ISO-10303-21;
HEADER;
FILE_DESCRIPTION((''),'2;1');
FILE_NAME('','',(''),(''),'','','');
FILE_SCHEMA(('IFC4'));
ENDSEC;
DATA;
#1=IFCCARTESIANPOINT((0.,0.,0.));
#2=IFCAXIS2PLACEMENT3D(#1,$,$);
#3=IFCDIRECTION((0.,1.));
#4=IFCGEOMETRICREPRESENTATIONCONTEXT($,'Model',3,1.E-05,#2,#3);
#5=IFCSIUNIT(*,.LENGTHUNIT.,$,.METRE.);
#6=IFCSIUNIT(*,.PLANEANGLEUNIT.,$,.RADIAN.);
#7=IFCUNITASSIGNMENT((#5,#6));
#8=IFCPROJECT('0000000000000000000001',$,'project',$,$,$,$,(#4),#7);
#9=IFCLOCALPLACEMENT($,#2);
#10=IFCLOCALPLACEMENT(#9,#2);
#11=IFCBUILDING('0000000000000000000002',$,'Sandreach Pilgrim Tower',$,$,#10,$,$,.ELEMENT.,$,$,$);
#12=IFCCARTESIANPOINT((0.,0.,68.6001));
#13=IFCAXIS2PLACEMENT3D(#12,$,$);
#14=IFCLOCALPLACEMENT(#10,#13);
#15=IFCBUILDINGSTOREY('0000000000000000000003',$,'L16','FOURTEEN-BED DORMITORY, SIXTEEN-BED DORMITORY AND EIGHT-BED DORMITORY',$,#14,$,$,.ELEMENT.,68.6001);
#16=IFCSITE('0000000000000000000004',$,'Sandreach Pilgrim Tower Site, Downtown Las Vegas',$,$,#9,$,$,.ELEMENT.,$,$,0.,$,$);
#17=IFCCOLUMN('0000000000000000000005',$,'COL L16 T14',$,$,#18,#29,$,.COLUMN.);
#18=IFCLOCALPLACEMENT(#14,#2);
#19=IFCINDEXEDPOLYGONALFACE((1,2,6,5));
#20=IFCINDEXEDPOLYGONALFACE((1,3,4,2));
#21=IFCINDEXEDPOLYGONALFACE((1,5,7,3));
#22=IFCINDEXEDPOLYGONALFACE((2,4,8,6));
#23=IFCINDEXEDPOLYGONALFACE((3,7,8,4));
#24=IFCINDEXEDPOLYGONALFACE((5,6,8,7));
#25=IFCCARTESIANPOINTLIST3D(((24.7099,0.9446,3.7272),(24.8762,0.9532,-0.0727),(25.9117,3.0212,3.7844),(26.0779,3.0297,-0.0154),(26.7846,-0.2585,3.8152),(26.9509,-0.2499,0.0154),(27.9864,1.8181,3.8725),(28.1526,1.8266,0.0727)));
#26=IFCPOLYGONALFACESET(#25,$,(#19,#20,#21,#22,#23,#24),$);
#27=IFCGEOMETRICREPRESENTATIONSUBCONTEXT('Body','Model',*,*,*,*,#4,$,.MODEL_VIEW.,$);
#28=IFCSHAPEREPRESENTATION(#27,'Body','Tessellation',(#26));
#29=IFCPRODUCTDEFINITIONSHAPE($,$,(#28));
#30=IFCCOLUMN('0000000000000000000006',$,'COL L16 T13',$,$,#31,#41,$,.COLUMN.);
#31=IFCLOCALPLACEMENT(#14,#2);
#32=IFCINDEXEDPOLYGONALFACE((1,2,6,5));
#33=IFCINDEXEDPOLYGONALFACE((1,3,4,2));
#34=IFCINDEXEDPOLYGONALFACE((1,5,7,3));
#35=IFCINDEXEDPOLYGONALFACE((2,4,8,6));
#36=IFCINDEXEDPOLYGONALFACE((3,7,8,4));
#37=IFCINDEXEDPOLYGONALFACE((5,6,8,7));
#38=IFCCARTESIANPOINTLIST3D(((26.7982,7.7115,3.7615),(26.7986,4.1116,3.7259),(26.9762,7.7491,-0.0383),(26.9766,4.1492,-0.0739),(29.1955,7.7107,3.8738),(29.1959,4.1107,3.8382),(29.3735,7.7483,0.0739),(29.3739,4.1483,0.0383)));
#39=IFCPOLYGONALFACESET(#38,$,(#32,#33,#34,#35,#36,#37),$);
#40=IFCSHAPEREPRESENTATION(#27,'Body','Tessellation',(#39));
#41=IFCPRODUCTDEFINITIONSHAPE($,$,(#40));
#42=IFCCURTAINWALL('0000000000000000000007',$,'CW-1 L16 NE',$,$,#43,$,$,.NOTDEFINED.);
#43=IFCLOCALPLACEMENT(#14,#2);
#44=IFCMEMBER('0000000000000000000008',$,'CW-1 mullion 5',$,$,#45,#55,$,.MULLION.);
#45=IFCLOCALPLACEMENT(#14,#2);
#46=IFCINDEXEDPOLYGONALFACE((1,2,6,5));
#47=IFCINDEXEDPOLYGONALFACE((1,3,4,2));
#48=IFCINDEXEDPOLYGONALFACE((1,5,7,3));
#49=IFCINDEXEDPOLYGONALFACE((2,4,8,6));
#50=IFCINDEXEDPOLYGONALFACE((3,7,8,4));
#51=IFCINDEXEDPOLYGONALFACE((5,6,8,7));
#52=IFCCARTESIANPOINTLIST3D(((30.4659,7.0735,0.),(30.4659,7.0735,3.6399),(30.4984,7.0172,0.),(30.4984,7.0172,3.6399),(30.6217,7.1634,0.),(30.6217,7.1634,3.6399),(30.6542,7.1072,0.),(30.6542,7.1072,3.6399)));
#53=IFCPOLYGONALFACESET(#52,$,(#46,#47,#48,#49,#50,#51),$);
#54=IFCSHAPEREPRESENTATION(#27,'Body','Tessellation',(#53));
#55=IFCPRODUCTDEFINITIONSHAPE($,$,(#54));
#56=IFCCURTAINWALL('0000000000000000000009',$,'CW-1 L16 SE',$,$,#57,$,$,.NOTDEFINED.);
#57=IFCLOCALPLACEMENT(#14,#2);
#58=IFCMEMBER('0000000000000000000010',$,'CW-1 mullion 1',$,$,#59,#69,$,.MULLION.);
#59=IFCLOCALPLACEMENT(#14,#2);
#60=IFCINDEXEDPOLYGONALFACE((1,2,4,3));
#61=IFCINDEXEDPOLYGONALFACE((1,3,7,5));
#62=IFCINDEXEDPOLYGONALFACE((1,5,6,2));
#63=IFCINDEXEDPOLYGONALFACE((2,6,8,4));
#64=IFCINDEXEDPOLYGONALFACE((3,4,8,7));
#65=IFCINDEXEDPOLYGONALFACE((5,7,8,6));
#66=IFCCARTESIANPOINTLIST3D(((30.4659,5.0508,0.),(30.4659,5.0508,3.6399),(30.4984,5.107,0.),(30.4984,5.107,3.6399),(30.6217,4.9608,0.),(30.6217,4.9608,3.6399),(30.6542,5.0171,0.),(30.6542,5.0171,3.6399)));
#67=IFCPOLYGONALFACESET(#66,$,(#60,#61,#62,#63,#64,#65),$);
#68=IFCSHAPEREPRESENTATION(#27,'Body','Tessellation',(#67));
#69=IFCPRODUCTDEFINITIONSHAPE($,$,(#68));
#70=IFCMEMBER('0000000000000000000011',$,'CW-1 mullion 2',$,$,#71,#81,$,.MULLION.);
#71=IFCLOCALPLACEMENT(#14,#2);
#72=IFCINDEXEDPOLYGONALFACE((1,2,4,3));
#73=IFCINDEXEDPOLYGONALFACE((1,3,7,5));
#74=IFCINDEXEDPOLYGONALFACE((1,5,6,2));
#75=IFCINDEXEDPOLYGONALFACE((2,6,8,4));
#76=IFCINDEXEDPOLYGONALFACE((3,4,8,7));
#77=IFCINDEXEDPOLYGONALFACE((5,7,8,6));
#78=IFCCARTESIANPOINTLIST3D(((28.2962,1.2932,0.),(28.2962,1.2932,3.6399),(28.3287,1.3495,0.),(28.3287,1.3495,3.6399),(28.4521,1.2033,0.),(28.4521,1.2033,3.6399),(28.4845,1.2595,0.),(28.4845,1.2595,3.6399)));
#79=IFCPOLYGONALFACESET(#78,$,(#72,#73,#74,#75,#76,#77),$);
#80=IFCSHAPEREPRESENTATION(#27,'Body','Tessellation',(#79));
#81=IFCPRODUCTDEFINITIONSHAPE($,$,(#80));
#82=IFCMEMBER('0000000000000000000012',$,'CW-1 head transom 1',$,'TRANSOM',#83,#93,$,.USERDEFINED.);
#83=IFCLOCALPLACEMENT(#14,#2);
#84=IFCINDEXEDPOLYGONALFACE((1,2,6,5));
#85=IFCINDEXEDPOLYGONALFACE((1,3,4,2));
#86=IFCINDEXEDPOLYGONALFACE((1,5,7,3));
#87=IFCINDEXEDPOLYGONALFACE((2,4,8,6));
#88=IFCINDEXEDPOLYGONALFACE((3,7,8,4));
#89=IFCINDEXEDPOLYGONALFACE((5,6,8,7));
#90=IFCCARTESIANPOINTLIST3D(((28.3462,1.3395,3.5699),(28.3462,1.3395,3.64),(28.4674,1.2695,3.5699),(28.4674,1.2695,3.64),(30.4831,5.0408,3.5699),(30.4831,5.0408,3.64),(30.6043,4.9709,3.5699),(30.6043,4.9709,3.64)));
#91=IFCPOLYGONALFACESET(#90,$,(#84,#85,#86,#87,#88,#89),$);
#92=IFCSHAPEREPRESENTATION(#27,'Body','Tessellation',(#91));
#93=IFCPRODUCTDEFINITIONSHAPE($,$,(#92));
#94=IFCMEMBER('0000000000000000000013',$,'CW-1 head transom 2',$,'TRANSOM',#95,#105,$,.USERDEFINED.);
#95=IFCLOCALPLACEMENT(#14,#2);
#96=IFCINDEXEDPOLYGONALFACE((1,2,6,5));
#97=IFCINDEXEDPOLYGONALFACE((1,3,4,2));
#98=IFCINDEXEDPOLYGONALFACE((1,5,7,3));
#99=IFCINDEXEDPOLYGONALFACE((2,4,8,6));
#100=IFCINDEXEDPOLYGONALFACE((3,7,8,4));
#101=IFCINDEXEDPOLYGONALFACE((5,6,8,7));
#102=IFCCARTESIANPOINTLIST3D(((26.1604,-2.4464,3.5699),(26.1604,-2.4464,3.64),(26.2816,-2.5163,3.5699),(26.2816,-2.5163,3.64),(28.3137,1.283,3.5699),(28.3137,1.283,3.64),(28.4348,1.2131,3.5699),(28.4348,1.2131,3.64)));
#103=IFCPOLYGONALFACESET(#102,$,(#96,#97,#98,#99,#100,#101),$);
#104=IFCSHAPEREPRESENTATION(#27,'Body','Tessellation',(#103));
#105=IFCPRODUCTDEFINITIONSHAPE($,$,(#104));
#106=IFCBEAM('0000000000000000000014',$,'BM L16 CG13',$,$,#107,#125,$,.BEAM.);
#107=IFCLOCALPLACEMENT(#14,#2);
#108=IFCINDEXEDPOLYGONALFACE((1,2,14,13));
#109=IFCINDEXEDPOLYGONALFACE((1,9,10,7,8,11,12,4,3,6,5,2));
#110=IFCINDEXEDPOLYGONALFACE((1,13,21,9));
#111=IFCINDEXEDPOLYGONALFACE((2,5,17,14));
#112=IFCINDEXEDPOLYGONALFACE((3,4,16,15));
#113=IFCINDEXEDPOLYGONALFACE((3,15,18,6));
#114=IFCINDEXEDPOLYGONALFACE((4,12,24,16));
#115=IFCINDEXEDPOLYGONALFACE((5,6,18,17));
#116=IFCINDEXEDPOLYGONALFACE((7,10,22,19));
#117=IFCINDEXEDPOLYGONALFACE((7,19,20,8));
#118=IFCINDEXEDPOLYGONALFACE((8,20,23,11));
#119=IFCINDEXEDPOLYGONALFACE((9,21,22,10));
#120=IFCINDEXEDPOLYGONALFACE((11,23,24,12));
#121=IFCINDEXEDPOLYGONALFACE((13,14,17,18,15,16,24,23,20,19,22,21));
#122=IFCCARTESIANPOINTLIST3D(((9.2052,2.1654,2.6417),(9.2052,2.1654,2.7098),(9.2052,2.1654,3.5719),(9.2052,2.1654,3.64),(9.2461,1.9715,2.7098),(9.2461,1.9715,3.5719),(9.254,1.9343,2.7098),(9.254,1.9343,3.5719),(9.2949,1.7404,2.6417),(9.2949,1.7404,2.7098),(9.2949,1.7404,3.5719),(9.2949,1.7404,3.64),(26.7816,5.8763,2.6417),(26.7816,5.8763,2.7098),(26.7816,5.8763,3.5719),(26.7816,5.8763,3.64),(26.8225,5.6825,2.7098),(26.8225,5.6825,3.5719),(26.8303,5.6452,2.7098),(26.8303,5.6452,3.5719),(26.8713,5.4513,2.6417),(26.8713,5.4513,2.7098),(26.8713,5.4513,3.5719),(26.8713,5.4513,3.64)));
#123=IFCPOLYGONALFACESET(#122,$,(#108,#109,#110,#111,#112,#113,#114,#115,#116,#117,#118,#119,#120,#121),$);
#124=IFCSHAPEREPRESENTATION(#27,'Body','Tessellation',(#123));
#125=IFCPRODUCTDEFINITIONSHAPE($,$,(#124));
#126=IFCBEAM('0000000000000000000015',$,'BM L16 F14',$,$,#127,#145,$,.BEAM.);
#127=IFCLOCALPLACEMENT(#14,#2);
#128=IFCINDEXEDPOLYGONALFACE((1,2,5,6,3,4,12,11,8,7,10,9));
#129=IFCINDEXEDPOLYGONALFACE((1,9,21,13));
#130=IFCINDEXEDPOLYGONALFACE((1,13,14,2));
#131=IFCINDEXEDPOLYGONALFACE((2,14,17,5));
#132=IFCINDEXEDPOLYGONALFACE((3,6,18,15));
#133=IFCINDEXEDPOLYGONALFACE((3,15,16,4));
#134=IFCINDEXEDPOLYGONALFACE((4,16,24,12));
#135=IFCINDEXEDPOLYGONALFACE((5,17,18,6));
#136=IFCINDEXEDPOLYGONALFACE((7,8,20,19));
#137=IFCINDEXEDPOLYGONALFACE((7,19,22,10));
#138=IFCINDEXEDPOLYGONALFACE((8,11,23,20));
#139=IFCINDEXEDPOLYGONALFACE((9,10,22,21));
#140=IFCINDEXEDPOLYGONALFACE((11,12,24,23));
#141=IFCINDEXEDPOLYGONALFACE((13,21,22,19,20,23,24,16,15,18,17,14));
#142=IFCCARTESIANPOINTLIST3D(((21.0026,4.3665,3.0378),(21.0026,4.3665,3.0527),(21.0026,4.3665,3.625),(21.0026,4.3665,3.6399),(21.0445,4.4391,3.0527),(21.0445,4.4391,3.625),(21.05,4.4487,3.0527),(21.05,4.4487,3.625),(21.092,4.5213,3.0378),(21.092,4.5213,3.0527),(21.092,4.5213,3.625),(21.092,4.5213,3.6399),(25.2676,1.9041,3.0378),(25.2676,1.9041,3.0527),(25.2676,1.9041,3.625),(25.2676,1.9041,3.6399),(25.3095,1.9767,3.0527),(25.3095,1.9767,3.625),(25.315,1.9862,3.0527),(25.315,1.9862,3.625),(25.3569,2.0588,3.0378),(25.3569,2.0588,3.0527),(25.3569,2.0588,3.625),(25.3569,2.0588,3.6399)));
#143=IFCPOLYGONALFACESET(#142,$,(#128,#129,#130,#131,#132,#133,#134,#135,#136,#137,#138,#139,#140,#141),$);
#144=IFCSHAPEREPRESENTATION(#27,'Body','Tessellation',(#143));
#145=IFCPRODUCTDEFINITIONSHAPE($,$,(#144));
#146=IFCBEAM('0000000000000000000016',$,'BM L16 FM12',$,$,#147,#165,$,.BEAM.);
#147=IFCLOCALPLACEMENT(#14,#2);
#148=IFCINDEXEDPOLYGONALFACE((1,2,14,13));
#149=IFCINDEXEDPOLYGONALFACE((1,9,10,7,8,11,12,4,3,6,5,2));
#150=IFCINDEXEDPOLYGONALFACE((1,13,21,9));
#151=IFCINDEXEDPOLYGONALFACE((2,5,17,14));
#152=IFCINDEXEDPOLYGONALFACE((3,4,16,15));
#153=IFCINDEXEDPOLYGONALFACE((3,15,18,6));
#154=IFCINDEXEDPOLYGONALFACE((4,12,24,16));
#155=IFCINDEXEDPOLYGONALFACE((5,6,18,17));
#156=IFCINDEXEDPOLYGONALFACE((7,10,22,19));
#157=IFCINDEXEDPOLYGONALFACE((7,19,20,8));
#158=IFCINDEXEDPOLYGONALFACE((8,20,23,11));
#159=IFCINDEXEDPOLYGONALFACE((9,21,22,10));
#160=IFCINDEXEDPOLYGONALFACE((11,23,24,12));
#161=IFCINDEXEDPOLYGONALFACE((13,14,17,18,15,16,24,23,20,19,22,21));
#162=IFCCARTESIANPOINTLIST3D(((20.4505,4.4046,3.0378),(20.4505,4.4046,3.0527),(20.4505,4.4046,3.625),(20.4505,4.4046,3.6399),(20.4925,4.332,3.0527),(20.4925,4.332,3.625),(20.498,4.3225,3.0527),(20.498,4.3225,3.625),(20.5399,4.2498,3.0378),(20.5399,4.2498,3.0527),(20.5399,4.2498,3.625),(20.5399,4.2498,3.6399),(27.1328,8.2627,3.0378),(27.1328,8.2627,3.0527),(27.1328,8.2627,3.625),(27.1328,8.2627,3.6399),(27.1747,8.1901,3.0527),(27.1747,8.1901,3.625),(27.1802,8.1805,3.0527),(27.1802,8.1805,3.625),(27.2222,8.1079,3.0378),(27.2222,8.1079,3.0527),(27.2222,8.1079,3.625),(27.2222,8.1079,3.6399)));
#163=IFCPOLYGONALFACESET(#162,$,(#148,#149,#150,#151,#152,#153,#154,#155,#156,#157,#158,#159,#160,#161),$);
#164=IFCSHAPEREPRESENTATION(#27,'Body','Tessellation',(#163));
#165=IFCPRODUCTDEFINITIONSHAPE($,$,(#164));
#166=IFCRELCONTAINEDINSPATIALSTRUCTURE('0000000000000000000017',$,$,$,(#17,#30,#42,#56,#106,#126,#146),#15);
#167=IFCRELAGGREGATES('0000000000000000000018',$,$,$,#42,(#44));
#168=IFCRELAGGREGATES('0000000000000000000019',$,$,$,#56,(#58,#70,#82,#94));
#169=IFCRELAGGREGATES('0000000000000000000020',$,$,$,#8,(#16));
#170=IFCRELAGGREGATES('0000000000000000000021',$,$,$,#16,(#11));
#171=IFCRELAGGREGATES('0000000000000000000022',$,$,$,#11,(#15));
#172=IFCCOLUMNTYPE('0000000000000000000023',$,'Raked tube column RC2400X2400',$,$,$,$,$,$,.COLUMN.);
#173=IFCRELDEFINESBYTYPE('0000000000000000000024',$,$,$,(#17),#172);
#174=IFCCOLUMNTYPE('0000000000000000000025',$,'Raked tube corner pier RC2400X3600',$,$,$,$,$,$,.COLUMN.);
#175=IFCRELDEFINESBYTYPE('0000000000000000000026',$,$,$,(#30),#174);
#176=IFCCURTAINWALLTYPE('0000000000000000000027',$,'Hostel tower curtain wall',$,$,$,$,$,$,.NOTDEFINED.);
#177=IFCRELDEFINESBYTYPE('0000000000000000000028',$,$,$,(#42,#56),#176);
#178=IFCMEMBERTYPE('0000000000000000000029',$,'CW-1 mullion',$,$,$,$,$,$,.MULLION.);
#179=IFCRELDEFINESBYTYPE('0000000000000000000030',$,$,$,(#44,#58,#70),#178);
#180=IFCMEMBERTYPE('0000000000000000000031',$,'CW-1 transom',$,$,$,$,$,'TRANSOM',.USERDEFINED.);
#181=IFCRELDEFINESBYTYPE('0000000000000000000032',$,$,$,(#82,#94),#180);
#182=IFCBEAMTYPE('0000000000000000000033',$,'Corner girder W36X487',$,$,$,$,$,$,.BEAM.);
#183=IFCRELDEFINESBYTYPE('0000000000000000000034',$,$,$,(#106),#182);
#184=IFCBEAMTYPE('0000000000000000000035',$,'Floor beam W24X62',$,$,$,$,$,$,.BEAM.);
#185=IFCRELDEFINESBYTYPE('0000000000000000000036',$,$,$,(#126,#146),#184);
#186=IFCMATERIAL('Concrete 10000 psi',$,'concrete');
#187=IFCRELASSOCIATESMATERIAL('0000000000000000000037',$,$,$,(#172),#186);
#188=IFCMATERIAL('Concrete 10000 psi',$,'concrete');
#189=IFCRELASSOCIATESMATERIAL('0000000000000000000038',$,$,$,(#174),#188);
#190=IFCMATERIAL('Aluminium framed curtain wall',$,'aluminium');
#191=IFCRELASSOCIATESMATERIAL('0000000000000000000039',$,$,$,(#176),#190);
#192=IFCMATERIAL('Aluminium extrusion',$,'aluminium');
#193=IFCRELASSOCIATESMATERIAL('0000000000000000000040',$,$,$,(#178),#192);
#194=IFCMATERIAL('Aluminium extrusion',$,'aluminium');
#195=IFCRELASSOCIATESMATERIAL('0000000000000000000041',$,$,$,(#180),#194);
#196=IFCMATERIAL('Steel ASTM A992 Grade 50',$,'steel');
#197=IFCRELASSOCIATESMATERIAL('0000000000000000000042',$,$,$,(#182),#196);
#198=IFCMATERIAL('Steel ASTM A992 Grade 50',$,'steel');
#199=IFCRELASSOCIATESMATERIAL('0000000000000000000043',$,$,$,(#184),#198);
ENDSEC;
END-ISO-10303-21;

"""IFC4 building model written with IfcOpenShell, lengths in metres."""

from ifc_helpers import new_model, si_unit, direction, frame, origin, origin_2d, place, context, subcontext, project, spatial, rectangle, i_section, extrude, material, material_profile, profile_set, type_object, element, aggregate, save


model = new_model("IFC4")

# Units and contexts
model_context = context("Model", 3, precision=1e-05, world=origin(), true_north=direction((0.0, 1.0)))
body_context = subcontext(model_context, "Body", "Model", "MODEL_VIEW")
ifc_project = project(units=[si_unit("LENGTHUNIT", "METRE"), si_unit("PLANEANGLEUNIT", "RADIAN")], contexts=[model_context])

# Site, building, storey
site_placement = place(None, origin())
site = spatial("IfcSite", under=ifc_project, at=site_placement, Name="Sandreach Pilgrim Tower Site, Downtown Las Vegas", CompositionType="ELEMENT", RefElevation=0.0)
building_placement = place(site_placement, origin())
building = spatial("IfcBuilding", under=site, at=building_placement, Name="Sandreach Pilgrim Tower", CompositionType="ELEMENT")
storey_placement = place(building_placement, frame((0.0, 0.0, 68.6001)))
storey = spatial("IfcBuildingStorey", under=building, at=storey_placement, Name="L16", Description="FOURTEEN-BED DORMITORY, SIXTEEN-BED DORMITORY AND EIGHT-BED DORMITORY", CompositionType="ELEMENT", Elevation=68.6001)

# Columns
ifc_material_1 = material(Name="Concrete 10000 psi", Category="concrete")
ifc_material_profile_1 = material_profile(ifc_material_1, rectangle(XDim=2.3999, YDim=2.3999, at=origin_2d()), Name="RC2400X2400")
ifc_profile_set_1 = profile_set([ifc_material_profile_1], Name="Concrete 10000 psi")
column_type_1 = type_object("IfcColumnType", Name="Raked tube column RC2400X2400", PredefinedType="COLUMN", material=ifc_profile_set_1)
column_1_placement = place(storey_placement, frame((26.5144, 1.3899, 0.0), z_axis=(-0.043713, -0.002247, 0.999042), x_axis=(0.86449, -0.501308, 0.036698)))
element("IfcColumn", 1, at=column_1_placement, inside=storey, type_object=column_type_1, Name="COL L16 T14", PredefinedType="COLUMN", context=body_context, shape_type="SweptSolid", body=[
    extrude(rectangle(XDim=2.3999, YDim=2.3999, at=origin_2d()), origin(), (0.0, 0.0, 1.0), 3.8035),
])
ifc_material_2 = material(Name="Concrete 10000 psi", Category="concrete")
ifc_material_profile_2 = material_profile(ifc_material_2, rectangle(XDim=2.3999, YDim=3.6001, at=origin_2d()), Name="RC2400X3600")
ifc_profile_set_2 = profile_set([ifc_material_profile_2], Name="Concrete 10000 psi")
column_type_2 = type_object("IfcColumnType", Name="Raked tube corner pier RC2400X3600", PredefinedType="COLUMN", material=ifc_profile_set_2)
column_2_placement = place(storey_placement, frame((28.175, 5.9487, 0.0), z_axis=(-0.046785, -0.009883, 0.998856), x_axis=(0.998905, -0.000352, 0.046784)))
element("IfcColumn", 2, at=column_2_placement, inside=storey, type_object=column_type_2, Name="COL L16 T13", PredefinedType="COLUMN", context=body_context, shape_type="SweptSolid", body=[
    extrude(rectangle(XDim=2.3999, YDim=3.6001, at=origin_2d()), origin(), (0.0, 0.0, 1.0), 3.8042),
])

# Curtain wall, member
ifc_material_3 = material(Name="Aluminium framed curtain wall", Category="aluminium")
curtain_wall_type = type_object("IfcCurtainWallType", Name="Hostel tower curtain wall", PredefinedType="NOTDEFINED", material=ifc_material_3)
curtain_wall_1_placement = place(storey_placement, origin())
curtain_wall_1 = element("IfcCurtainWall", 3, at=curtain_wall_1_placement, inside=storey, type_object=curtain_wall_type, Name="CW-1 L16 NE", PredefinedType="NOTDEFINED")
ifc_material_4 = material(Name="Aluminium extrusion", Category="aluminium")
ifc_material_profile_3 = material_profile(ifc_material_4, rectangle(XDim=0.0649, YDim=0.1799, at=origin_2d()), Name="CW-1M 65X180")
ifc_profile_set_3 = profile_set([ifc_material_profile_3], Name="Aluminium extrusion")
member_type_1 = type_object("IfcMemberType", Name="CW-1 mullion", PredefinedType="MULLION", material=ifc_profile_set_3)
member_1_placement = place(storey_placement, frame((30.5601, 7.0903, 0.0), z_axis=(0.0, 0.0, 1.0), x_axis=(0.5, -0.866025, 0.0)))
member_1 = element("IfcMember", 4, at=member_1_placement, type_object=member_type_1, Name="CW-1 mullion 5", PredefinedType="MULLION", context=body_context, shape_type="SweptSolid", body=[
    extrude(rectangle(XDim=0.0649, YDim=0.1799, at=origin_2d()), origin(), (0.0, 0.0, 1.0), 3.6399),
])

# Curtain wall, members
curtain_wall_2_placement = place(storey_placement, origin())
curtain_wall_2 = element("IfcCurtainWall", 5, at=curtain_wall_2_placement, inside=storey, type_object=curtain_wall_type, Name="CW-1 L16 SE", PredefinedType="NOTDEFINED")
member_2_placement = place(storey_placement, frame((30.5601, 5.0339, 0.0), z_axis=(0.0, 0.0, 1.0), x_axis=(-0.5, -0.866025, 0.0)))
member_2 = element("IfcMember", 6, at=member_2_placement, type_object=member_type_1, Name="CW-1 mullion 1", PredefinedType="MULLION", context=body_context, shape_type="SweptSolid", body=[
    extrude(rectangle(XDim=0.0649, YDim=0.1799, at=origin_2d()), origin(), (0.0, 0.0, 1.0), 3.6399),
])
member_3_placement = place(storey_placement, frame((28.3904, 1.2764, 0.0), z_axis=(0.0, 0.0, 1.0), x_axis=(-0.5, -0.866025, 0.0)))
member_3 = element("IfcMember", 7, at=member_3_placement, type_object=member_type_1, Name="CW-1 mullion 2", PredefinedType="MULLION", context=body_context, shape_type="SweptSolid", body=[
    extrude(rectangle(XDim=0.0649, YDim=0.1799, at=origin_2d()), origin(), (0.0, 0.0, 1.0), 3.6399),
])
ifc_material_5 = material(Name="Aluminium extrusion", Category="aluminium")
ifc_material_profile_4 = material_profile(ifc_material_5, rectangle(XDim=0.1399, YDim=0.0701, at=origin_2d()), Name="CW-1T 140X70")
ifc_profile_set_4 = profile_set([ifc_material_profile_4], Name="Aluminium extrusion")
member_type_2 = type_object("IfcMemberType", Name="CW-1 transom", ElementType="TRANSOM", PredefinedType="USERDEFINED", material=ifc_profile_set_4)
member_4_placement = place(storey_placement, frame((30.5437, 5.0059, 3.605), z_axis=(-0.499991, -0.866031, 0.0), x_axis=(0.866031, -0.499991, 0.0)))
member_4 = element("IfcMember", 8, at=member_4_placement, type_object=member_type_2, Name="CW-1 head transom 1", ObjectType="TRANSOM", PredefinedType="USERDEFINED", context=body_context, shape_type="SweptSolid", body=[
    extrude(rectangle(XDim=0.1399, YDim=0.0701, at=origin_2d()), origin(), (0.0, 0.0, 1.0), 4.2739),
])
member_5_placement = place(storey_placement, frame((28.3743, 1.248, 3.605), z_axis=(-0.500017, -0.866016, 0.0), x_axis=(0.866016, -0.500017, 0.0)))
member_5 = element("IfcMember", 9, at=member_5_placement, type_object=member_type_2, Name="CW-1 head transom 2", ObjectType="TRANSOM", PredefinedType="USERDEFINED", context=body_context, shape_type="SweptSolid", body=[
    extrude(rectangle(XDim=0.1399, YDim=0.0701, at=origin_2d()), origin(), (0.0, 0.0, 1.0), 4.3064),
])

# Beams
ifc_material_6 = material(Name="Steel ASTM A992 Grade 50", Category="steel")
ifc_material_profile_5 = material_profile(ifc_material_6, i_section(OverallWidth=0.4343, OverallDepth=0.9983, WebThickness=0.0381, FlangeThickness=0.0681, at=origin_2d()), Name="W36X487")
ifc_profile_set_5 = profile_set([ifc_material_profile_5], Name="Steel ASTM A992 Grade 50")
beam_type_1 = type_object("IfcBeamType", Name="Corner girder W36X487", PredefinedType="BEAM", material=ifc_profile_set_5)
beam_1_placement = place(storey_placement, frame((26.8264, 5.6638, 3.1409), z_axis=(-0.97843, -0.206578, 0.0), x_axis=(0.206578, -0.97843, 0.0)))
element("IfcBeam", 10, at=beam_1_placement, inside=storey, type_object=beam_type_1, Name="BM L16 CG13", PredefinedType="BEAM", context=body_context, shape_type="SweptSolid", body=[
    extrude(i_section(OverallWidth=0.4343, OverallDepth=0.9983, WebThickness=0.0381, FlangeThickness=0.0681, at=origin_2d()), origin(), (0.0, 0.0, 1.0), 17.9639),
])
ifc_material_7 = material(Name="Steel ASTM A992 Grade 50", Category="steel")
ifc_material_profile_6 = material_profile(ifc_material_7, i_section(OverallWidth=0.1787, OverallDepth=0.6021, WebThickness=0.011, FlangeThickness=0.0149, at=origin_2d()), Name="W24X62")
ifc_profile_set_6 = profile_set([ifc_material_profile_6], Name="Steel ASTM A992 Grade 50")
beam_type_2 = type_object("IfcBeamType", Name="Floor beam W24X62", PredefinedType="BEAM", material=ifc_profile_set_6)
beam_2_placement = place(storey_placement, frame((25.3123, 1.9814, 3.3389), z_axis=(-0.86602, 0.50001, 0.0), x_axis=(-0.50001, -0.86602, 0.0)))
element("IfcBeam", 11, at=beam_2_placement, inside=storey, type_object=beam_type_2, Name="BM L16 F14", PredefinedType="BEAM", context=body_context, shape_type="SweptSolid", body=[
    extrude(i_section(OverallWidth=0.1787, OverallDepth=0.6021, WebThickness=0.011, FlangeThickness=0.0149, at=origin_2d()), origin(), (0.0, 0.0, 1.0), 4.9248),
])
beam_3_placement = place(storey_placement, frame((27.1775, 8.1853, 3.3389), z_axis=(-0.866021, -0.500008, 0.0), x_axis=(0.500008, -0.866021, 0.0)))
element("IfcBeam", 12, at=beam_3_placement, inside=storey, type_object=beam_type_2, Name="BM L16 FM12", PredefinedType="BEAM", context=body_context, shape_type="SweptSolid", body=[
    extrude(i_section(OverallWidth=0.1787, OverallDepth=0.6021, WebThickness=0.011, FlangeThickness=0.0149, at=origin_2d()), origin(), (0.0, 0.0, 1.0), 7.7161),
])

aggregate(curtain_wall_1, [member_1])
aggregate(curtain_wall_2, [member_2, member_3, member_4, member_5])

save(model, "model.ifc")
